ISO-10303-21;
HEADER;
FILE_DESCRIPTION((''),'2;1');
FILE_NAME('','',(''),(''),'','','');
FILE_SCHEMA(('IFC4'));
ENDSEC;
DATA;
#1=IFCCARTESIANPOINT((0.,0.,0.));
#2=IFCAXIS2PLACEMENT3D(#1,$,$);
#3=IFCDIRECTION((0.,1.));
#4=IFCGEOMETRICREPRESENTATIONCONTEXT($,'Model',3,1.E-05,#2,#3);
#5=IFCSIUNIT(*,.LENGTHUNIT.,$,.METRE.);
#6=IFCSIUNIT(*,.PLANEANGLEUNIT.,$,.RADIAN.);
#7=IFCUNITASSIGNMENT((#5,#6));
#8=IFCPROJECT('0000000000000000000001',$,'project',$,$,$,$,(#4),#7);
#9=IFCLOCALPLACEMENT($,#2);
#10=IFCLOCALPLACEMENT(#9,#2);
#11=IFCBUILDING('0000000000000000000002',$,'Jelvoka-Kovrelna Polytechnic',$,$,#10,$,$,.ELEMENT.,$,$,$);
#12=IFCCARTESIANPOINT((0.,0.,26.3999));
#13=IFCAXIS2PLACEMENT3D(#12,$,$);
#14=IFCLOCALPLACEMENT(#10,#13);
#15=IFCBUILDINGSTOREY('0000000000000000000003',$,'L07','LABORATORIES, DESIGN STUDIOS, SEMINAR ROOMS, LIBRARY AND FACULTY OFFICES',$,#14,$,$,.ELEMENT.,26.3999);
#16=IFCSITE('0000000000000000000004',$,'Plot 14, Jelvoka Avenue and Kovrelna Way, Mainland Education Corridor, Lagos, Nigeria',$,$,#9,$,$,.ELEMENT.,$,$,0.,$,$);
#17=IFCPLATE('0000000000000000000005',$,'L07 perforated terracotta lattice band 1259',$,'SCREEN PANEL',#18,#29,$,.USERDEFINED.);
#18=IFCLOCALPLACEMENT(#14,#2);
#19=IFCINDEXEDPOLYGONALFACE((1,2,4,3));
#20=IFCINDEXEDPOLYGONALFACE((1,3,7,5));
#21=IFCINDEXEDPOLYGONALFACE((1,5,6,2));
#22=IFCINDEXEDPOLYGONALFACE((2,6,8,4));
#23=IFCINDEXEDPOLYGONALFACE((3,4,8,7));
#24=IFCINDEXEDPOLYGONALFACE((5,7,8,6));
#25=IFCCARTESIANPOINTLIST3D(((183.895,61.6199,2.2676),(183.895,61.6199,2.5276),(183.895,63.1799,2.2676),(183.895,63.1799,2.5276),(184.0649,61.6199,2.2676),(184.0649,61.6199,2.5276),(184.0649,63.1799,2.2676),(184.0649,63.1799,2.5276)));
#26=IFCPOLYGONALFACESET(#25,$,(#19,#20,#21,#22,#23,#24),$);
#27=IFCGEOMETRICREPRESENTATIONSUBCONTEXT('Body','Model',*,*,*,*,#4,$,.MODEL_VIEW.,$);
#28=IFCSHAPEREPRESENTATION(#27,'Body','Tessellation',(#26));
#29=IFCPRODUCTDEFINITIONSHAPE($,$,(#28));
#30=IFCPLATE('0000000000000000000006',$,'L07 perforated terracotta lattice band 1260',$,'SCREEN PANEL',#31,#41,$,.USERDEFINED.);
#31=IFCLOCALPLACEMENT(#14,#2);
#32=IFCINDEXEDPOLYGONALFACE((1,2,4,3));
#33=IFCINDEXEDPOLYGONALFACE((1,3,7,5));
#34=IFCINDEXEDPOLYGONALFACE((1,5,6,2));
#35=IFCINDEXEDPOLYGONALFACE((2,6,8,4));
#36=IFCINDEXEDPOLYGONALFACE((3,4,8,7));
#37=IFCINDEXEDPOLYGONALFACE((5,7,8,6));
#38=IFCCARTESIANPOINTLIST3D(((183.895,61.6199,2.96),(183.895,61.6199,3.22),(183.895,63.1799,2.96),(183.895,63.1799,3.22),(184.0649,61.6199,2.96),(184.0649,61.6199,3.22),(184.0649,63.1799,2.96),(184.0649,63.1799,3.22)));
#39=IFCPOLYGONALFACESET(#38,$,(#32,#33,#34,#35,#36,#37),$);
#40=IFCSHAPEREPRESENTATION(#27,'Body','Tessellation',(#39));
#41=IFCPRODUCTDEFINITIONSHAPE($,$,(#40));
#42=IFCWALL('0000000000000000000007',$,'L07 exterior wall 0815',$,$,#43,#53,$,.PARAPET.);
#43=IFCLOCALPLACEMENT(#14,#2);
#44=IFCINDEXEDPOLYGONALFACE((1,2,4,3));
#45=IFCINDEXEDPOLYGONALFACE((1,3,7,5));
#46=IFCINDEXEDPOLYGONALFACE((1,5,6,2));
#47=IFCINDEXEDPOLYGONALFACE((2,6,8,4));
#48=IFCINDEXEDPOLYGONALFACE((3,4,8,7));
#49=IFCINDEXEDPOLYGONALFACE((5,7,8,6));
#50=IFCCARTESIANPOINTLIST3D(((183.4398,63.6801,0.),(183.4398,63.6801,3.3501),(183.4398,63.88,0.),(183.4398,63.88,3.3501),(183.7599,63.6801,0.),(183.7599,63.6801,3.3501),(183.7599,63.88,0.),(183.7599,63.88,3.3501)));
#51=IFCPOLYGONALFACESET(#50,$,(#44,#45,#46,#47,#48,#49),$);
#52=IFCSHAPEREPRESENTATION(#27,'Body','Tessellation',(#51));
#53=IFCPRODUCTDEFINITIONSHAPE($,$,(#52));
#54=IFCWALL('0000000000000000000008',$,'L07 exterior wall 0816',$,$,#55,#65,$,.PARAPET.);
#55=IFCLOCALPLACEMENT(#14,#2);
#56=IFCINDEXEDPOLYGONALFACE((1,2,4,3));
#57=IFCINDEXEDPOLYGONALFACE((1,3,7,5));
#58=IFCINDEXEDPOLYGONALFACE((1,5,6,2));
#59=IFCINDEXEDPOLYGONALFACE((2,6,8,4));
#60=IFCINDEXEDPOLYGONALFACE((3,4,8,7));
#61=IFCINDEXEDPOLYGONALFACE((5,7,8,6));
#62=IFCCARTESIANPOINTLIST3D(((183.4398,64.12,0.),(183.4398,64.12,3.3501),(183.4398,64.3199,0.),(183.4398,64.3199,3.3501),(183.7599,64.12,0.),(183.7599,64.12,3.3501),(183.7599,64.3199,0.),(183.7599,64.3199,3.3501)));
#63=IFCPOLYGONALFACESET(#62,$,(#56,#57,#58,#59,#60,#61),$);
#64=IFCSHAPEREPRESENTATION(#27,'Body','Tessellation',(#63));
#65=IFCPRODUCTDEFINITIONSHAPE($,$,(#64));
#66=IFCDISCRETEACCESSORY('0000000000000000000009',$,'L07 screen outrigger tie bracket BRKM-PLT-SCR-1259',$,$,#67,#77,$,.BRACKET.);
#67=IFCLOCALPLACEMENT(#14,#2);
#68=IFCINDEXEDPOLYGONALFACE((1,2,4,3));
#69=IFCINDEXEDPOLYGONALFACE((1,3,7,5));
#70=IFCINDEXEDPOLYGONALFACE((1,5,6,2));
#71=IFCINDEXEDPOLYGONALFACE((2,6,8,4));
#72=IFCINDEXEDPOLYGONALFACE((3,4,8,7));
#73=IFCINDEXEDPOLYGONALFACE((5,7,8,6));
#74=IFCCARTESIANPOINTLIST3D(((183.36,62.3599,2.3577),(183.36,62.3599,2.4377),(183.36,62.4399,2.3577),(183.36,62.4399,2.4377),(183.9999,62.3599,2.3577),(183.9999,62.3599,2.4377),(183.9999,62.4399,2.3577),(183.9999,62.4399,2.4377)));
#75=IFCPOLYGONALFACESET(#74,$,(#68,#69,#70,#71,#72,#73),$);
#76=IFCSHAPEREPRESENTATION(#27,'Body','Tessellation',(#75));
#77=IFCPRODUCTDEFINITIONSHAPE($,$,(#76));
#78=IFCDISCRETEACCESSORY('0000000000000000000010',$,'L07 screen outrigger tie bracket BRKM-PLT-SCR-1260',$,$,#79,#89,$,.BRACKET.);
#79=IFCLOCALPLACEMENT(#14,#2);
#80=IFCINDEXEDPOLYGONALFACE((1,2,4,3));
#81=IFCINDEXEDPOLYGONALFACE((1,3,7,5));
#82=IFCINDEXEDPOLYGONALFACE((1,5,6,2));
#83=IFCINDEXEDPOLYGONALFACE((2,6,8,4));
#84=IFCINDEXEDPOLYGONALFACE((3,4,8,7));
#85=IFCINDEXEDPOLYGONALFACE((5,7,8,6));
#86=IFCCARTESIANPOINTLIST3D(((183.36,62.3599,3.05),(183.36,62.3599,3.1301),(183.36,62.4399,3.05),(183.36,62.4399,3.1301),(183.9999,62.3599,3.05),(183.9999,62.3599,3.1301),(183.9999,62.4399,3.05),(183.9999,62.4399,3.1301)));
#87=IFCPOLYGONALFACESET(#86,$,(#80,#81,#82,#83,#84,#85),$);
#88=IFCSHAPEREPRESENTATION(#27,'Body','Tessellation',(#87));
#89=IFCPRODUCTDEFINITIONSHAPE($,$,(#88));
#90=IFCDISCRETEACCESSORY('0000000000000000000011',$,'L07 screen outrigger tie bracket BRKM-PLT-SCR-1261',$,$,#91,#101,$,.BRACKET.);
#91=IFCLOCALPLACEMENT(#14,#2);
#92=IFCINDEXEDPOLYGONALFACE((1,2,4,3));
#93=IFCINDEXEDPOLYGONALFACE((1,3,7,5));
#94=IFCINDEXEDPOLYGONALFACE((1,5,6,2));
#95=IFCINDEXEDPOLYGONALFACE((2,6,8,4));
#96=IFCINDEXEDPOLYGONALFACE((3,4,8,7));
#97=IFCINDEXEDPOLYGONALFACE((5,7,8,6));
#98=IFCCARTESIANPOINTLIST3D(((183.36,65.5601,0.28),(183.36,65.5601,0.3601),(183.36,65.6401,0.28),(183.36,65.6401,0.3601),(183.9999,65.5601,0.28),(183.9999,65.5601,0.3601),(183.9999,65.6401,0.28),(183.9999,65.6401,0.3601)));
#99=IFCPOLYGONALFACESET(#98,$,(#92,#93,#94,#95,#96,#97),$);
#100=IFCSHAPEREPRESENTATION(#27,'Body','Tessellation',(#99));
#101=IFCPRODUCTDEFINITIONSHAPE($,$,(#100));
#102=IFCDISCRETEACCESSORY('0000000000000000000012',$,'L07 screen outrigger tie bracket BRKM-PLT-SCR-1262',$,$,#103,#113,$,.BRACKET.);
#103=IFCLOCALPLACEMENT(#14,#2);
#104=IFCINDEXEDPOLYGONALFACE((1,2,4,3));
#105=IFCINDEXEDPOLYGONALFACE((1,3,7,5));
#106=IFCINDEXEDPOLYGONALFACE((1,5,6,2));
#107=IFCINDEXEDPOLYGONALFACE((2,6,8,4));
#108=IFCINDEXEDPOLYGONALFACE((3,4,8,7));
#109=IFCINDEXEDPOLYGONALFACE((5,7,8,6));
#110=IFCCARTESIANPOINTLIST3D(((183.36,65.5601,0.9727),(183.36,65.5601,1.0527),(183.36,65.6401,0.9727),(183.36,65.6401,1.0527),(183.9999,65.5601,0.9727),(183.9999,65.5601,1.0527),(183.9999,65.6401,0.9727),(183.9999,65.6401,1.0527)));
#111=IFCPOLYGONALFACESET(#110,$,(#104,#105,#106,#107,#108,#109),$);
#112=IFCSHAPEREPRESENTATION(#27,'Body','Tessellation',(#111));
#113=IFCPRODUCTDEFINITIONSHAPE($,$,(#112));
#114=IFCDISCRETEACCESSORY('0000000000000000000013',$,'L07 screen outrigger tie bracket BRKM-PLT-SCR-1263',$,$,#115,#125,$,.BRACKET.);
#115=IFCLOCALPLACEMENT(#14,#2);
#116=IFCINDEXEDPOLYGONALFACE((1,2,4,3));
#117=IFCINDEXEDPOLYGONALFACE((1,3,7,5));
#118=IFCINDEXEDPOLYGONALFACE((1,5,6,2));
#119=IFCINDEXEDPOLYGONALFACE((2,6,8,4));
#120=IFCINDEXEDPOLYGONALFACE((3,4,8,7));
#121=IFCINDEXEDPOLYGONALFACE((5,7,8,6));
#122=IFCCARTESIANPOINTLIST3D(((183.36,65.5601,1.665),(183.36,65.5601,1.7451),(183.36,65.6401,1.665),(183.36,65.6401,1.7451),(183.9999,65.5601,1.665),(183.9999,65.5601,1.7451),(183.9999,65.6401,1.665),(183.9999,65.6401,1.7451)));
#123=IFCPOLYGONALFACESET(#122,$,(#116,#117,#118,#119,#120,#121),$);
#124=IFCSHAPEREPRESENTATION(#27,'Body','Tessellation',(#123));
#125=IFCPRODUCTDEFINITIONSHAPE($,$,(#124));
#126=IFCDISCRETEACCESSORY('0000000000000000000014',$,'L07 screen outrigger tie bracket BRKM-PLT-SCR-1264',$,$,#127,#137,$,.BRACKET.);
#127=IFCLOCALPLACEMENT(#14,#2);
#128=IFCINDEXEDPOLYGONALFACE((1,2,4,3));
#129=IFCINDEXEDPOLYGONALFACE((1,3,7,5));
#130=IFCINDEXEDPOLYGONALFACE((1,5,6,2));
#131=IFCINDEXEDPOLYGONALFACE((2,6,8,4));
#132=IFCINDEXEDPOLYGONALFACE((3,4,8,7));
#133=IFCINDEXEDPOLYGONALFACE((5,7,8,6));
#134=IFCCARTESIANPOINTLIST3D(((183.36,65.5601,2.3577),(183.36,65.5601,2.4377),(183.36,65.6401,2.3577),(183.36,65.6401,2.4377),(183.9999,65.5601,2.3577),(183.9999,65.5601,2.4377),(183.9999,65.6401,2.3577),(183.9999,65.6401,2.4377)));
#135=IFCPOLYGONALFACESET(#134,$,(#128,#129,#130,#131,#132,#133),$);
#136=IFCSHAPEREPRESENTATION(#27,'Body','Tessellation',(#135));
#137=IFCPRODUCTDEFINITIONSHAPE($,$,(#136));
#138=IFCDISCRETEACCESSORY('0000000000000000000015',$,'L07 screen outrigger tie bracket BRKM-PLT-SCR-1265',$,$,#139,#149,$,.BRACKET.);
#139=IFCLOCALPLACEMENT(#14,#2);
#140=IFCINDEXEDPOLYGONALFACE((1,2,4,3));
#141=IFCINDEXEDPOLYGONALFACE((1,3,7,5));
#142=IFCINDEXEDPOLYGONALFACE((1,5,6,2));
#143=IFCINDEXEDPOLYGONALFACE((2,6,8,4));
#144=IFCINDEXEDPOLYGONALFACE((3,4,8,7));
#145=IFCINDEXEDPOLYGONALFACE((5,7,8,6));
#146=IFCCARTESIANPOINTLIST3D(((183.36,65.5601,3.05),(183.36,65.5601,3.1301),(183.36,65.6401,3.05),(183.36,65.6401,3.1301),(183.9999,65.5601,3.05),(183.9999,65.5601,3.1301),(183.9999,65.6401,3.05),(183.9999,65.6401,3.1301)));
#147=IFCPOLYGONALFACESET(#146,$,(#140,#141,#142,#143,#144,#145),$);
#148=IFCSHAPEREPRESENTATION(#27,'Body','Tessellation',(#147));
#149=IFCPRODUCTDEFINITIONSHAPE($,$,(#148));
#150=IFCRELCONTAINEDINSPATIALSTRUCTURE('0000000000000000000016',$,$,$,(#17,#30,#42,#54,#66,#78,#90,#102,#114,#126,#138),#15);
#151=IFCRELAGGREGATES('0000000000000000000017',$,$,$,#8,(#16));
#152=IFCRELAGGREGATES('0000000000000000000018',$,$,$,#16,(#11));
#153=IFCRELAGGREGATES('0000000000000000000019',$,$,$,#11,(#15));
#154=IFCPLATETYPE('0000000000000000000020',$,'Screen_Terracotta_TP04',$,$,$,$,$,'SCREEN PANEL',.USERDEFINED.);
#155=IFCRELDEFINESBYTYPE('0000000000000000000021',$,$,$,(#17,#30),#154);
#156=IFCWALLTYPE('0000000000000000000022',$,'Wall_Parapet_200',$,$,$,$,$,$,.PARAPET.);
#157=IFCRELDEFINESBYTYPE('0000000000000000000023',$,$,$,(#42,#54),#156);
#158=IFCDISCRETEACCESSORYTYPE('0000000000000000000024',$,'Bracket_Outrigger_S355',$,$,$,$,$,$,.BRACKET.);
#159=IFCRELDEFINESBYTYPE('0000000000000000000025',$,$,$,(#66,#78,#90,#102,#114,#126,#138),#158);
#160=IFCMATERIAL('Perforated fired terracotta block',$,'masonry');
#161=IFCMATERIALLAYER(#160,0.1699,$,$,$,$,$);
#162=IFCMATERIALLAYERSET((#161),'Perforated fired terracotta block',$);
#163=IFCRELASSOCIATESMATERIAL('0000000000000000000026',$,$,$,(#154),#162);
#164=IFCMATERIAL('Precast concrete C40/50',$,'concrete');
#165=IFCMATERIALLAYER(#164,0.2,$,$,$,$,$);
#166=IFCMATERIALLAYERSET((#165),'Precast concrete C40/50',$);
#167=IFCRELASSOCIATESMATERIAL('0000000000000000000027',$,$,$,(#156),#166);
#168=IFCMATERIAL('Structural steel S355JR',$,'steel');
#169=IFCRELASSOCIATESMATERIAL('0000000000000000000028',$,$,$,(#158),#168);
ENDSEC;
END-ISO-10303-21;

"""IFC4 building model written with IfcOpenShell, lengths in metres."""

from ifc_helpers import new_model, si_unit, direction, frame, frame_2d, origin, origin_2d, place, context, subcontext, project, spatial, rectangle, extrude, material, layer, layer_set, type_object, element, save


model = new_model("IFC4")

# Units and contexts
model_context = context("Model", 3, precision=1e-05, world=origin(), true_north=direction((0.0, 1.0)))
body_context = subcontext(model_context, "Body", "Model", "MODEL_VIEW")
ifc_project = project(units=[si_unit("LENGTHUNIT", "METRE"), si_unit("PLANEANGLEUNIT", "RADIAN")], contexts=[model_context])

# Site, building, storey
site_placement = place(None, origin())
site = spatial("IfcSite", under=ifc_project, at=site_placement, Name="Plot 14, Jelvoka Avenue and Kovrelna Way, Mainland Education Corridor, Lagos, Nigeria", CompositionType="ELEMENT", RefElevation=0.0)
building_placement = place(site_placement, origin())
building = spatial("IfcBuilding", under=site, at=building_placement, Name="Jelvoka-Kovrelna Polytechnic", CompositionType="ELEMENT")
storey_placement = place(building_placement, frame((0.0, 0.0, 26.3999)))
storey = spatial("IfcBuildingStorey", under=building, at=storey_placement, Name="L07", Description="LABORATORIES, DESIGN STUDIOS, SEMINAR ROOMS, LIBRARY AND FACULTY OFFICES", CompositionType="ELEMENT", Elevation=26.3999)

# Plates
ifc_material_1 = material(Name="Perforated fired terracotta block", Category="masonry")
ifc_layer_1 = layer(ifc_material_1, 0.1699)
ifc_layer_set_1 = layer_set([ifc_layer_1], Name="Perforated fired terracotta block")
plate_type = type_object("IfcPlateType", Name="Screen_Terracotta_TP04", ElementType="SCREEN PANEL", PredefinedType="USERDEFINED", material=ifc_layer_set_1)
for number, where, z_axis, x_axis, name in (
    (1, (183.98, 62.3999, 2.2676), (0.0, 0.0, 1.0), (0.0, 1.0, 0.0), "L07 perforated terracotta lattice band 1259"),
    (2, (183.98, 62.3999, 2.96), (0.0, 0.0, 1.0), (0.0, 1.0, 0.0), "L07 perforated terracotta lattice band 1260"),
):
    element("IfcPlate", number, at=place(storey_placement, frame(where, z_axis=z_axis, x_axis=x_axis)), inside=storey, type_object=plate_type, Name=name, ObjectType="SCREEN PANEL", PredefinedType="USERDEFINED", context=body_context, shape_type="SweptSolid", body=[
        extrude(rectangle(XDim=1.5601, YDim=0.1699, at=origin_2d()), origin(), (0.0, 0.0, 1.0), 0.26),
    ])

# Walls
ifc_material_2 = material(Name="Precast concrete C40/50", Category="concrete")
ifc_layer_2 = layer(ifc_material_2, 0.2)
ifc_layer_set_2 = layer_set([ifc_layer_2], Name="Precast concrete C40/50")
wall_type = type_object("IfcWallType", Name="Wall_Parapet_200", PredefinedType="PARAPET", material=ifc_layer_set_2)
for number, where, z_axis, x_axis, name in (
    (3, (183.76, 63.78, 0.0), (0.0, 0.0, 1.0), (-1.0, 0.0, 0.0), "L07 exterior wall 0815"),
    (4, (183.76, 64.22, 0.0), (0.0, 0.0, 1.0), (-1.0, 0.0, 0.0), "L07 exterior wall 0816"),
):
    element("IfcWall", number, at=place(storey_placement, frame(where, z_axis=z_axis, x_axis=x_axis)), inside=storey, type_object=wall_type, Name=name, PredefinedType="PARAPET", context=body_context, shape_type="SweptSolid", body=[
        extrude(rectangle(XDim=0.3201, YDim=0.2, at=frame_2d((0.1602, 0.0))), origin(), (0.0, 0.0, 1.0), 3.3501),
    ])

# Discrete accessories
ifc_material_3 = material(Name="Structural steel S355JR", Category="steel")
discrete_accessory_type = type_object("IfcDiscreteAccessoryType", Name="Bracket_Outrigger_S355", PredefinedType="BRACKET", material=ifc_material_3)
for number, where, z_axis, x_axis, name in (
    (5, (183.6799, 62.3999, 2.3577), (0.0, 0.0, 1.0), (1.0, 0.0, 0.0), "L07 screen outrigger tie bracket BRKM-PLT-SCR-1259"),
    (6, (183.6799, 62.3999, 3.05), (0.0, 0.0, 1.0), (1.0, 0.0, 0.0), "L07 screen outrigger tie bracket BRKM-PLT-SCR-1260"),
    (7, (183.6799, 65.6001, 0.28), (0.0, 0.0, 1.0), (1.0, 0.0, 0.0), "L07 screen outrigger tie bracket BRKM-PLT-SCR-1261"),
    (8, (183.6799, 65.6001, 0.9727), (0.0, 0.0, 1.0), (1.0, 0.0, 0.0), "L07 screen outrigger tie bracket BRKM-PLT-SCR-1262"),
    (9, (183.6799, 65.6001, 1.665), (0.0, 0.0, 1.0), (1.0, 0.0, 0.0), "L07 screen outrigger tie bracket BRKM-PLT-SCR-1263"),
    (10, (183.6799, 65.6001, 2.3577), (0.0, 0.0, 1.0), (1.0, 0.0, 0.0), "L07 screen outrigger tie bracket BRKM-PLT-SCR-1264"),
    (11, (183.6799, 65.6001, 3.05), (0.0, 0.0, 1.0), (1.0, 0.0, 0.0), "L07 screen outrigger tie bracket BRKM-PLT-SCR-1265"),
):
    element("IfcDiscreteAccessory", number, at=place(storey_placement, frame(where, z_axis=z_axis, x_axis=x_axis)), inside=storey, type_object=discrete_accessory_type, Name=name, PredefinedType="BRACKET", context=body_context, shape_type="SweptSolid", body=[
        extrude(rectangle(XDim=0.6399, YDim=0.0801, at=origin_2d()), origin(), (0.0, 0.0, 1.0), 0.0801),
    ])

save(model, "model.ifc")
